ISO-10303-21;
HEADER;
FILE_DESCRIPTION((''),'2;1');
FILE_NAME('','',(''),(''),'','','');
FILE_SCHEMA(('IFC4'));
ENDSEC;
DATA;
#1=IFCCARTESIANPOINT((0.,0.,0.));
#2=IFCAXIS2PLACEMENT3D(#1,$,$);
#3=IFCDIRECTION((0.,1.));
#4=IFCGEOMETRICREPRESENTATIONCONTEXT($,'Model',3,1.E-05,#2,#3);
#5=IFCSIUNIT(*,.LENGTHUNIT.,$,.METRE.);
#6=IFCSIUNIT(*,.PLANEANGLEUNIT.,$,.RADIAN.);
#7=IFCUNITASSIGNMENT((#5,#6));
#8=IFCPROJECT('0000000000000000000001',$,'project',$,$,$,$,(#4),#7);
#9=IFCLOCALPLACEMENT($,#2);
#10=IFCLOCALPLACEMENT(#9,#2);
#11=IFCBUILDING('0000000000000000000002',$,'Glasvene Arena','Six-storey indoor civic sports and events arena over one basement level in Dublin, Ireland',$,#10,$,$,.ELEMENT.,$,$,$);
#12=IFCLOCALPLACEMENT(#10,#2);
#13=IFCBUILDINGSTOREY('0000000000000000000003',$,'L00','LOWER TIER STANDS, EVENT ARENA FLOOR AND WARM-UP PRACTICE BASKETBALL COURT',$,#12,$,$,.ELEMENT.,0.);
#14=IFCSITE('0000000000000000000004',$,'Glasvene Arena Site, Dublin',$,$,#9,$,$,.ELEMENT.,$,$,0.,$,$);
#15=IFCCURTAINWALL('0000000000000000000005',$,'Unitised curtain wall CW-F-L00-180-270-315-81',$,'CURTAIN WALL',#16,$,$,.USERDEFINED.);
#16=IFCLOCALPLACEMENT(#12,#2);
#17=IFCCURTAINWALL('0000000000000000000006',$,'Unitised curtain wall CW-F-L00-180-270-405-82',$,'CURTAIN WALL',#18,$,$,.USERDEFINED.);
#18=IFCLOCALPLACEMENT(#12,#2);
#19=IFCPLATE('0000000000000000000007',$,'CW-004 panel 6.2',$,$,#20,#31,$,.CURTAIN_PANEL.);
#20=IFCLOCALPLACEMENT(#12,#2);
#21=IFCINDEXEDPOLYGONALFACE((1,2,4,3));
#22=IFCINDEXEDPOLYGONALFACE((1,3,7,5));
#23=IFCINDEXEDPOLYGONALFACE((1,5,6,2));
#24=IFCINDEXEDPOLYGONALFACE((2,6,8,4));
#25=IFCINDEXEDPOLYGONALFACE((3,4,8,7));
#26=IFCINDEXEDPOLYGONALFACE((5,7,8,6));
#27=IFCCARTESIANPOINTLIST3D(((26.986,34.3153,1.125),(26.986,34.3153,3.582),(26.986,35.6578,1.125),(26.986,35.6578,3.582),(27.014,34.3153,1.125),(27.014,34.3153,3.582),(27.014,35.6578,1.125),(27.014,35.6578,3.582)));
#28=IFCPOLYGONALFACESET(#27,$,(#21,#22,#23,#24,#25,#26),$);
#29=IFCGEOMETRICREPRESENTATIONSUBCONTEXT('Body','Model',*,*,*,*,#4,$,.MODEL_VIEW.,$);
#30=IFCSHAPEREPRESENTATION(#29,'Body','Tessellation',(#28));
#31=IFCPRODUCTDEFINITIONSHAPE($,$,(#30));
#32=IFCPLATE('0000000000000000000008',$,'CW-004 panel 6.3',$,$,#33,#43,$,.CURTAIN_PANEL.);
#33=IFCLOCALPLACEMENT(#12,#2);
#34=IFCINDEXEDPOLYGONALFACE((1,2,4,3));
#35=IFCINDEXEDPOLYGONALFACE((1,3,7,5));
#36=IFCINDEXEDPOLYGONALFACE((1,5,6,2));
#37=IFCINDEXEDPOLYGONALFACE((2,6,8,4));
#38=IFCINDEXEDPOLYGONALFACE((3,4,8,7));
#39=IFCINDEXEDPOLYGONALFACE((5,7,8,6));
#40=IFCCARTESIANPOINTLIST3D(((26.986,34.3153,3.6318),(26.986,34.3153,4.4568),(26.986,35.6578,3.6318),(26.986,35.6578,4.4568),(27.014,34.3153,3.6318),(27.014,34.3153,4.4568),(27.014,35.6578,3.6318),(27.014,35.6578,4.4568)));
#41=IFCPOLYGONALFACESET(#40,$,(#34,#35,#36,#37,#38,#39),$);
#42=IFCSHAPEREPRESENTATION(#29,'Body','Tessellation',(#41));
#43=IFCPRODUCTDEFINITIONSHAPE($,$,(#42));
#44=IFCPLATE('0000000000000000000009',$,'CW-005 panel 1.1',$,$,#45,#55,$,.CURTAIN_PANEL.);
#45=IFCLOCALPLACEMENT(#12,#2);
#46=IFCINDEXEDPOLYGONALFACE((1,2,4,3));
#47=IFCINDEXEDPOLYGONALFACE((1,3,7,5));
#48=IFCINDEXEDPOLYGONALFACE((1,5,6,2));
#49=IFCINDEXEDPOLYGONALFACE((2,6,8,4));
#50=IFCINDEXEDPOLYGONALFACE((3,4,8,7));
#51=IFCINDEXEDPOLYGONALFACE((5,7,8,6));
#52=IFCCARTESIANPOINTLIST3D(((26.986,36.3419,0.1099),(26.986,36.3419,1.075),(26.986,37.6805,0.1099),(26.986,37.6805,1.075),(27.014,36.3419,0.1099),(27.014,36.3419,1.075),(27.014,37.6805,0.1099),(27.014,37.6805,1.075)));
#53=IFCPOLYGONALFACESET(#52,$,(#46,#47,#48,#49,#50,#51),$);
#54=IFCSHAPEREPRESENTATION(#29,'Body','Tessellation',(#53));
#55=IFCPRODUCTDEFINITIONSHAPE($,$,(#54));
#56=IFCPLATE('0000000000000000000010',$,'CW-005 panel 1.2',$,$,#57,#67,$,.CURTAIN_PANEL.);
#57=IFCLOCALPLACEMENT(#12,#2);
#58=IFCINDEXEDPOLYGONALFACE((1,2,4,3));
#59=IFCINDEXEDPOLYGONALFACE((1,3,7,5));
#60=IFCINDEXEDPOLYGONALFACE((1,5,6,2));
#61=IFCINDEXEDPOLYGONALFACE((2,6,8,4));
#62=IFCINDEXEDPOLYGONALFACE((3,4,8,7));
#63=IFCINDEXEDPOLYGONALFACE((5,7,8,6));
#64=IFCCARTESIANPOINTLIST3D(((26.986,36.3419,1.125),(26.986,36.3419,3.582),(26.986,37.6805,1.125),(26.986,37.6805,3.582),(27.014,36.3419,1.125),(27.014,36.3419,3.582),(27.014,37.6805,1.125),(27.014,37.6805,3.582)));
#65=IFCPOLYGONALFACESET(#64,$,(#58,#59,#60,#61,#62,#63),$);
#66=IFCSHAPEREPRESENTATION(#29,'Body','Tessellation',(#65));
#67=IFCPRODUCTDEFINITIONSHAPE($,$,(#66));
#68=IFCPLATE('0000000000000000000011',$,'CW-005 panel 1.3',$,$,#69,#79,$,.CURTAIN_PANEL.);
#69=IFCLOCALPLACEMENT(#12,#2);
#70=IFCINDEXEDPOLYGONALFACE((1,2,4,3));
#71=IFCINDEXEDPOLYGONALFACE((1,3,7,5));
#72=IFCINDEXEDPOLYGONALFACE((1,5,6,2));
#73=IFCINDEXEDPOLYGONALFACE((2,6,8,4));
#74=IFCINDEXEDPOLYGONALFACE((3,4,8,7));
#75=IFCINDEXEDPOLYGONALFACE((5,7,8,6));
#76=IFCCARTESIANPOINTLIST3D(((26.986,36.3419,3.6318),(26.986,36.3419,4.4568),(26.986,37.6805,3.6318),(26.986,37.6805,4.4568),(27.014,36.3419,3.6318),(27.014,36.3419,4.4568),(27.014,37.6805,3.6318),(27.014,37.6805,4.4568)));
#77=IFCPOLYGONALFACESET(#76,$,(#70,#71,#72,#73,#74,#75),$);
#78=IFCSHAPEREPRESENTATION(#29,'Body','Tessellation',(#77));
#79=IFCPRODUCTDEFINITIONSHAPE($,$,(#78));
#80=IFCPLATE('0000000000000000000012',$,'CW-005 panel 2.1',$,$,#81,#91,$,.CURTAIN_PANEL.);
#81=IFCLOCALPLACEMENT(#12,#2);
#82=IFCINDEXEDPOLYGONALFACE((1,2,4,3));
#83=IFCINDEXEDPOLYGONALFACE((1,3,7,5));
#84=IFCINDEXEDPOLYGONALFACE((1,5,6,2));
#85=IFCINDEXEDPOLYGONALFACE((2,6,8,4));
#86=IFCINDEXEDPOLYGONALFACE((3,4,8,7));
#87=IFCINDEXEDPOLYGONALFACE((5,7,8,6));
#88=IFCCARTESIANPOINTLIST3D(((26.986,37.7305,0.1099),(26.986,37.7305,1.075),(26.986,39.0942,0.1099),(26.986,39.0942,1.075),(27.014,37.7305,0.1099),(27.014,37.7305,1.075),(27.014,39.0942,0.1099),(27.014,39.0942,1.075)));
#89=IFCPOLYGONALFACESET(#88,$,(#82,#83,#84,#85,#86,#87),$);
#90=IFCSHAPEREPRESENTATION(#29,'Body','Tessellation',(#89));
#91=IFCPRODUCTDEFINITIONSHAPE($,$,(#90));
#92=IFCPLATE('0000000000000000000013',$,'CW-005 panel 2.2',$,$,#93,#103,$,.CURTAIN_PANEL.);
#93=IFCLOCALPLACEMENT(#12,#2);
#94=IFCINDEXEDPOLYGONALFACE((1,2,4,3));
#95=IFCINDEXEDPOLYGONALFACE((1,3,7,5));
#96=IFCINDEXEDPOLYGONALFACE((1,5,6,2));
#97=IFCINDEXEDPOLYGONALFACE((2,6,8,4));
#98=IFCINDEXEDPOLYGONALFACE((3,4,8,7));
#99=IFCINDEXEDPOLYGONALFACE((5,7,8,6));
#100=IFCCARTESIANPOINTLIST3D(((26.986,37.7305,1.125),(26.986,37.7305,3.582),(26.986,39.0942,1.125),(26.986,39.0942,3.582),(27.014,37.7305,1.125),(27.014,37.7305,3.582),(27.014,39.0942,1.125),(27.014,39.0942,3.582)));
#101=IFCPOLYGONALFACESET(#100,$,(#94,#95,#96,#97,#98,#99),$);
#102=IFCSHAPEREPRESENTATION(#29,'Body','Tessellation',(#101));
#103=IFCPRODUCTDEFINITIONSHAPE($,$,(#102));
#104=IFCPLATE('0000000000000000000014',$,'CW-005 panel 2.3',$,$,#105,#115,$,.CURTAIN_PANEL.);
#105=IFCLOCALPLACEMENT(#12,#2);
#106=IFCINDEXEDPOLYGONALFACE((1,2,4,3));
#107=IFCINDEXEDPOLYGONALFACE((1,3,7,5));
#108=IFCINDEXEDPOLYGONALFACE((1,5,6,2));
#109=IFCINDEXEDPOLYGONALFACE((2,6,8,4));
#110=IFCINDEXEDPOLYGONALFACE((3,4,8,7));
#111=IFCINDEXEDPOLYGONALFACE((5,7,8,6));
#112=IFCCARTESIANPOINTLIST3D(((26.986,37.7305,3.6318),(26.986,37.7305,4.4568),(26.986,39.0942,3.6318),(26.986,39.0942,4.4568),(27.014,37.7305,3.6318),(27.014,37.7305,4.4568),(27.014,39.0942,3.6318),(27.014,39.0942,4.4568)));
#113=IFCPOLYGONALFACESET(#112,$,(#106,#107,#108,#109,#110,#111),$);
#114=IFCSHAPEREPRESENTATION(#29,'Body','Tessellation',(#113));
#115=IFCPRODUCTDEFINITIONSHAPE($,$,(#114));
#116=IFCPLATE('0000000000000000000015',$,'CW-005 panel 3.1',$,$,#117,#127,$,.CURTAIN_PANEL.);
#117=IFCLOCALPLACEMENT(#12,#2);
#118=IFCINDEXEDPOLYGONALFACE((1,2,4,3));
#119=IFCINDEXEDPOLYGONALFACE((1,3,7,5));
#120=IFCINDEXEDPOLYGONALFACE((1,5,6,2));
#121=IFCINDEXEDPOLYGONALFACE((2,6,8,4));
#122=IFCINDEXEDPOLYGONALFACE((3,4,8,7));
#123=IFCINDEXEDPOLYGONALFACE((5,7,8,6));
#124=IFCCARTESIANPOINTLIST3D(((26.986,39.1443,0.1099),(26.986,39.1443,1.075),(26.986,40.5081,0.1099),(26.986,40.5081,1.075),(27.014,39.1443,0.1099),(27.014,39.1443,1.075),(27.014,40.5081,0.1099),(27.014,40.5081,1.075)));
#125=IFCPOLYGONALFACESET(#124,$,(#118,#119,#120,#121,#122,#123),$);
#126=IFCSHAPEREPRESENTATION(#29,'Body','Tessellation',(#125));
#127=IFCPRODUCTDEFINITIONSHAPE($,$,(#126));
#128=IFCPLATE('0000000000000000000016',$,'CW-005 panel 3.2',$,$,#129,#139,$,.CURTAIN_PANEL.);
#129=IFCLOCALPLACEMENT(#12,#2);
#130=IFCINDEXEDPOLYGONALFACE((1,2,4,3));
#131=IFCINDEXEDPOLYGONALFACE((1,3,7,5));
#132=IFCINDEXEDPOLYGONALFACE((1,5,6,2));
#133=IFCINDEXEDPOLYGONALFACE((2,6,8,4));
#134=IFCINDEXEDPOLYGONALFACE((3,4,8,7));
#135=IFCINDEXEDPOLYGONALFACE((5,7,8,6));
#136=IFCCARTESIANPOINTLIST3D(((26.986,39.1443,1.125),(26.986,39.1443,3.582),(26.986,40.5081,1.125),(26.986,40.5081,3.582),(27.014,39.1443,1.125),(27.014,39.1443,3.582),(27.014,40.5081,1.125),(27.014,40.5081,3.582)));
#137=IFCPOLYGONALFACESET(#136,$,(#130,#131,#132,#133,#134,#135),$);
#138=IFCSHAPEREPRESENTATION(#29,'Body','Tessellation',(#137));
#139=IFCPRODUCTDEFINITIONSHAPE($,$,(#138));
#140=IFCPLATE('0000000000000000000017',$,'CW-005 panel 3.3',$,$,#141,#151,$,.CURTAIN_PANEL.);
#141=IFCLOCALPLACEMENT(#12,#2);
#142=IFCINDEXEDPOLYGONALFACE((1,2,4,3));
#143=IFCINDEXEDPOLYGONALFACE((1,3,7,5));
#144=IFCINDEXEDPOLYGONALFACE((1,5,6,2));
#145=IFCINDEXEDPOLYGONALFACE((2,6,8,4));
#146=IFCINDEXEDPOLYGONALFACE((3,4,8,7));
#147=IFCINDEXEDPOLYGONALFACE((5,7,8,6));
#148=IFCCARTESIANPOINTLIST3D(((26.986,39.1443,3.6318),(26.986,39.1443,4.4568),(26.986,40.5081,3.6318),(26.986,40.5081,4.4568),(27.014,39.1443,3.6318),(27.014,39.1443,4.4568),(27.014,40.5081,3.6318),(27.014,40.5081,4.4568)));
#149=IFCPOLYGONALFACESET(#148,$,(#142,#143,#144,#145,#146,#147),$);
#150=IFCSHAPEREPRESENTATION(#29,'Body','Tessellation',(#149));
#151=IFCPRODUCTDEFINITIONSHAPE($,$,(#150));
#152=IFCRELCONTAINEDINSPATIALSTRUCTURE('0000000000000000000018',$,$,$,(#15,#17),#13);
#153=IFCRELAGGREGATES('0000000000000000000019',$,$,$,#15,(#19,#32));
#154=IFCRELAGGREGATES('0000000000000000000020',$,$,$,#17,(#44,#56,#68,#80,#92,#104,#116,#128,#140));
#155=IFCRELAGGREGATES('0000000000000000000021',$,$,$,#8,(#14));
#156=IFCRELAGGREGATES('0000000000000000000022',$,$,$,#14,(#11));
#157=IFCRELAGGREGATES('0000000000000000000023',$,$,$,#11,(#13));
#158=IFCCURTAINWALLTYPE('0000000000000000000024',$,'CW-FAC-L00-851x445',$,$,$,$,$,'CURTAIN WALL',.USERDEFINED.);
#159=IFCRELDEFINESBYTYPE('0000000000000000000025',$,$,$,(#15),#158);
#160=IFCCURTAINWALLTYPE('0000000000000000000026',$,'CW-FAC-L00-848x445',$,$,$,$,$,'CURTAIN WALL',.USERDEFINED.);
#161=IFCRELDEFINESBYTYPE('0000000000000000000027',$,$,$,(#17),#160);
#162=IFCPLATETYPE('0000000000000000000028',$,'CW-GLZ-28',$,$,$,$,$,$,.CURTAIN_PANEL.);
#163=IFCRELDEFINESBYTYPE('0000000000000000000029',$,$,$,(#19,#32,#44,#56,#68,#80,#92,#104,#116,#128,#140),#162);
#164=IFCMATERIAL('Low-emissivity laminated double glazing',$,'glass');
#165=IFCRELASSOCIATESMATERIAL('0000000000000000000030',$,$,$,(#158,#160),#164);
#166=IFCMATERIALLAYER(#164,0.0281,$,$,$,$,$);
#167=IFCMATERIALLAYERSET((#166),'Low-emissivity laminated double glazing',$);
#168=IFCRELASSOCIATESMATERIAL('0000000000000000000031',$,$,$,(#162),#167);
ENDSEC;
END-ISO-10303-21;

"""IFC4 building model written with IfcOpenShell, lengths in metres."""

from ifc_helpers import new_model, si_unit, direction, frame, origin, origin_2d, place, context, subcontext, project, spatial, rectangle, extrude, material, layer, layer_set, type_object, element, aggregate, save


model = new_model("IFC4")

# Units and contexts
model_context = context("Model", 3, precision=1e-05, world=origin(), true_north=direction((0.0, 1.0)))
body_context = subcontext(model_context, "Body", "Model", "MODEL_VIEW")
ifc_project = project(units=[si_unit("LENGTHUNIT", "METRE"), si_unit("PLANEANGLEUNIT", "RADIAN")], contexts=[model_context])

# Site, building, storey
site_placement = place(None, origin())
site = spatial("IfcSite", under=ifc_project, at=site_placement, Name="Glasvene Arena Site, Dublin", CompositionType="ELEMENT", RefElevation=0.0)
building_placement = place(site_placement, origin())
building = spatial("IfcBuilding", under=site, at=building_placement, Name="Glasvene Arena", Description="Six-storey indoor civic sports and events arena over one basement level in Dublin, Ireland", CompositionType="ELEMENT")
storey_placement = place(building_placement, origin())
storey = spatial("IfcBuildingStorey", under=building, at=storey_placement, Name="L00", Description="LOWER TIER STANDS, EVENT ARENA FLOOR AND WARM-UP PRACTICE BASKETBALL COURT", CompositionType="ELEMENT", Elevation=0.0)

# Curtain wall
ifc_material_1 = material(Name="Low-emissivity laminated double glazing", Category="glass")
curtain_wall_type_1 = type_object("IfcCurtainWallType", Name="CW-FAC-L00-851x445", ElementType="CURTAIN WALL", PredefinedType="USERDEFINED", material=ifc_material_1)
curtain_wall_1_placement = place(storey_placement, frame((27.0, 27.2024, 0.0)))
curtain_wall_1 = element("IfcCurtainWall", 1, at=curtain_wall_1_placement, inside=storey, type_object=curtain_wall_type_1, Name="Unitised curtain wall CW-F-L00-180-270-315-81", ObjectType="CURTAIN WALL", PredefinedType="USERDEFINED")

# Curtain wall
curtain_wall_type_2 = type_object("IfcCurtainWallType", Name="CW-FAC-L00-848x445", ElementType="CURTAIN WALL", PredefinedType="USERDEFINED", material=ifc_material_1)
curtain_wall_2_placement = place(storey_placement, frame((27.0, 36.292, 0.0)))
curtain_wall_2 = element("IfcCurtainWall", 2, at=curtain_wall_2_placement, inside=storey, type_object=curtain_wall_type_2, Name="Unitised curtain wall CW-F-L00-180-270-405-82", ObjectType="CURTAIN WALL", PredefinedType="USERDEFINED")

# Plates
ifc_layer = layer(ifc_material_1, 0.0281)
ifc_layer_set = layer_set([ifc_layer], Name="Low-emissivity laminated double glazing")
plate_type = type_object("IfcPlateType", Name="CW-GLZ-28", PredefinedType="CURTAIN_PANEL", material=ifc_layer_set)
plate_1_placement = place(storey_placement, frame((27.0, 34.9866, 1.125), z_axis=(0.0, 0.0, 1.0), x_axis=(0.0, 1.0, 0.0)))
plate_1 = element("IfcPlate", 3, at=plate_1_placement, type_object=plate_type, Name="CW-004 panel 6.2", PredefinedType="CURTAIN_PANEL", context=body_context, shape_type="SweptSolid", body=[
    extrude(rectangle(XDim=1.3425, YDim=0.0281, at=origin_2d()), origin(), (0.0, 0.0, 1.0), 2.457),
])
plate_2_placement = place(storey_placement, frame((27.0, 34.9866, 3.6318), z_axis=(0.0, 0.0, 1.0), x_axis=(0.0, 1.0, 0.0)))
plate_2 = element("IfcPlate", 4, at=plate_2_placement, type_object=plate_type, Name="CW-004 panel 6.3", PredefinedType="CURTAIN_PANEL", context=body_context, shape_type="SweptSolid", body=[
    extrude(rectangle(XDim=1.3425, YDim=0.0281, at=origin_2d()), origin(), (0.0, 0.0, 1.0), 0.825),
])
aggregate(curtain_wall_1, [plate_1, plate_2])
plate_3_placement = place(storey_placement, frame((27.0, 37.0112, 0.1099), z_axis=(0.0, 0.0, 1.0), x_axis=(0.0, 1.0, 0.0)))
plate_3 = element("IfcPlate", 5, at=plate_3_placement, type_object=plate_type, Name="CW-005 panel 1.1", PredefinedType="CURTAIN_PANEL", context=body_context, shape_type="SweptSolid", body=[
    extrude(rectangle(XDim=1.3386, YDim=0.0281, at=origin_2d()), origin(), (0.0, 0.0, 1.0), 0.9651),
])
plate_4_placement = place(storey_placement, frame((27.0, 37.0112, 1.125), z_axis=(0.0, 0.0, 1.0), x_axis=(0.0, 1.0, 0.0)))
plate_4 = element("IfcPlate", 6, at=plate_4_placement, type_object=plate_type, Name="CW-005 panel 1.2", PredefinedType="CURTAIN_PANEL", context=body_context, shape_type="SweptSolid", body=[
    extrude(rectangle(XDim=1.3386, YDim=0.0281, at=origin_2d()), origin(), (0.0, 0.0, 1.0), 2.457),
])
plate_5_placement = place(storey_placement, frame((27.0, 37.0112, 3.6318), z_axis=(0.0, 0.0, 1.0), x_axis=(0.0, 1.0, 0.0)))
plate_5 = element("IfcPlate", 7, at=plate_5_placement, type_object=plate_type, Name="CW-005 panel 1.3", PredefinedType="CURTAIN_PANEL", context=body_context, shape_type="SweptSolid", body=[
    extrude(rectangle(XDim=1.3386, YDim=0.0281, at=origin_2d()), origin(), (0.0, 0.0, 1.0), 0.825),
])
plate_6_placement = place(storey_placement, frame((27.0, 38.4124, 0.1099), z_axis=(0.0, 0.0, 1.0), x_axis=(0.0, 1.0, 0.0)))
plate_6 = element("IfcPlate", 8, at=plate_6_placement, type_object=plate_type, Name="CW-005 panel 2.1", PredefinedType="CURTAIN_PANEL", context=body_context, shape_type="SweptSolid", body=[
    extrude(rectangle(XDim=1.3638, YDim=0.0281, at=origin_2d()), origin(), (0.0, 0.0, 1.0), 0.9651),
])
plate_7_placement = place(storey_placement, frame((27.0, 38.4124, 1.125), z_axis=(0.0, 0.0, 1.0), x_axis=(0.0, 1.0, 0.0)))
plate_7 = element("IfcPlate", 9, at=plate_7_placement, type_object=plate_type, Name="CW-005 panel 2.2", PredefinedType="CURTAIN_PANEL", context=body_context, shape_type="SweptSolid", body=[
    extrude(rectangle(XDim=1.3638, YDim=0.0281, at=origin_2d()), origin(), (0.0, 0.0, 1.0), 2.457),
])
plate_8_placement = place(storey_placement, frame((27.0, 38.4124, 3.6318), z_axis=(0.0, 0.0, 1.0), x_axis=(0.0, 1.0, 0.0)))
plate_8 = element("IfcPlate", 10, at=plate_8_placement, type_object=plate_type, Name="CW-005 panel 2.3", PredefinedType="CURTAIN_PANEL", context=body_context, shape_type="SweptSolid", body=[
    extrude(rectangle(XDim=1.3638, YDim=0.0281, at=origin_2d()), origin(), (0.0, 0.0, 1.0), 0.825),
])
plate_9_placement = place(storey_placement, frame((27.0, 39.8262, 0.1099), z_axis=(0.0, 0.0, 1.0), x_axis=(0.0, 1.0, 0.0)))
plate_9 = element("IfcPlate", 11, at=plate_9_placement, type_object=plate_type, Name="CW-005 panel 3.1", PredefinedType="CURTAIN_PANEL", context=body_context, shape_type="SweptSolid", body=[
    extrude(rectangle(XDim=1.3638, YDim=0.0281, at=origin_2d()), origin(), (0.0, 0.0, 1.0), 0.9651),
])
plate_10_placement = place(storey_placement, frame((27.0, 39.8262, 1.125), z_axis=(0.0, 0.0, 1.0), x_axis=(0.0, 1.0, 0.0)))
plate_10 = element("IfcPlate", 12, at=plate_10_placement, type_object=plate_type, Name="CW-005 panel 3.2", PredefinedType="CURTAIN_PANEL", context=body_context, shape_type="SweptSolid", body=[
    extrude(rectangle(XDim=1.3638, YDim=0.0281, at=origin_2d()), origin(), (0.0, 0.0, 1.0), 2.457),
])
plate_11_placement = place(storey_placement, frame((27.0, 39.8262, 3.6318), z_axis=(0.0, 0.0, 1.0), x_axis=(0.0, 1.0, 0.0)))
plate_11 = element("IfcPlate", 13, at=plate_11_placement, type_object=plate_type, Name="CW-005 panel 3.3", PredefinedType="CURTAIN_PANEL", context=body_context, shape_type="SweptSolid", body=[
    extrude(rectangle(XDim=1.3638, YDim=0.0281, at=origin_2d()), origin(), (0.0, 0.0, 1.0), 0.825),
])
aggregate(curtain_wall_2, [plate_3, plate_4, plate_5, plate_6, plate_7, plate_8, plate_9, plate_10, plate_11])

save(model, "model.ifc")
